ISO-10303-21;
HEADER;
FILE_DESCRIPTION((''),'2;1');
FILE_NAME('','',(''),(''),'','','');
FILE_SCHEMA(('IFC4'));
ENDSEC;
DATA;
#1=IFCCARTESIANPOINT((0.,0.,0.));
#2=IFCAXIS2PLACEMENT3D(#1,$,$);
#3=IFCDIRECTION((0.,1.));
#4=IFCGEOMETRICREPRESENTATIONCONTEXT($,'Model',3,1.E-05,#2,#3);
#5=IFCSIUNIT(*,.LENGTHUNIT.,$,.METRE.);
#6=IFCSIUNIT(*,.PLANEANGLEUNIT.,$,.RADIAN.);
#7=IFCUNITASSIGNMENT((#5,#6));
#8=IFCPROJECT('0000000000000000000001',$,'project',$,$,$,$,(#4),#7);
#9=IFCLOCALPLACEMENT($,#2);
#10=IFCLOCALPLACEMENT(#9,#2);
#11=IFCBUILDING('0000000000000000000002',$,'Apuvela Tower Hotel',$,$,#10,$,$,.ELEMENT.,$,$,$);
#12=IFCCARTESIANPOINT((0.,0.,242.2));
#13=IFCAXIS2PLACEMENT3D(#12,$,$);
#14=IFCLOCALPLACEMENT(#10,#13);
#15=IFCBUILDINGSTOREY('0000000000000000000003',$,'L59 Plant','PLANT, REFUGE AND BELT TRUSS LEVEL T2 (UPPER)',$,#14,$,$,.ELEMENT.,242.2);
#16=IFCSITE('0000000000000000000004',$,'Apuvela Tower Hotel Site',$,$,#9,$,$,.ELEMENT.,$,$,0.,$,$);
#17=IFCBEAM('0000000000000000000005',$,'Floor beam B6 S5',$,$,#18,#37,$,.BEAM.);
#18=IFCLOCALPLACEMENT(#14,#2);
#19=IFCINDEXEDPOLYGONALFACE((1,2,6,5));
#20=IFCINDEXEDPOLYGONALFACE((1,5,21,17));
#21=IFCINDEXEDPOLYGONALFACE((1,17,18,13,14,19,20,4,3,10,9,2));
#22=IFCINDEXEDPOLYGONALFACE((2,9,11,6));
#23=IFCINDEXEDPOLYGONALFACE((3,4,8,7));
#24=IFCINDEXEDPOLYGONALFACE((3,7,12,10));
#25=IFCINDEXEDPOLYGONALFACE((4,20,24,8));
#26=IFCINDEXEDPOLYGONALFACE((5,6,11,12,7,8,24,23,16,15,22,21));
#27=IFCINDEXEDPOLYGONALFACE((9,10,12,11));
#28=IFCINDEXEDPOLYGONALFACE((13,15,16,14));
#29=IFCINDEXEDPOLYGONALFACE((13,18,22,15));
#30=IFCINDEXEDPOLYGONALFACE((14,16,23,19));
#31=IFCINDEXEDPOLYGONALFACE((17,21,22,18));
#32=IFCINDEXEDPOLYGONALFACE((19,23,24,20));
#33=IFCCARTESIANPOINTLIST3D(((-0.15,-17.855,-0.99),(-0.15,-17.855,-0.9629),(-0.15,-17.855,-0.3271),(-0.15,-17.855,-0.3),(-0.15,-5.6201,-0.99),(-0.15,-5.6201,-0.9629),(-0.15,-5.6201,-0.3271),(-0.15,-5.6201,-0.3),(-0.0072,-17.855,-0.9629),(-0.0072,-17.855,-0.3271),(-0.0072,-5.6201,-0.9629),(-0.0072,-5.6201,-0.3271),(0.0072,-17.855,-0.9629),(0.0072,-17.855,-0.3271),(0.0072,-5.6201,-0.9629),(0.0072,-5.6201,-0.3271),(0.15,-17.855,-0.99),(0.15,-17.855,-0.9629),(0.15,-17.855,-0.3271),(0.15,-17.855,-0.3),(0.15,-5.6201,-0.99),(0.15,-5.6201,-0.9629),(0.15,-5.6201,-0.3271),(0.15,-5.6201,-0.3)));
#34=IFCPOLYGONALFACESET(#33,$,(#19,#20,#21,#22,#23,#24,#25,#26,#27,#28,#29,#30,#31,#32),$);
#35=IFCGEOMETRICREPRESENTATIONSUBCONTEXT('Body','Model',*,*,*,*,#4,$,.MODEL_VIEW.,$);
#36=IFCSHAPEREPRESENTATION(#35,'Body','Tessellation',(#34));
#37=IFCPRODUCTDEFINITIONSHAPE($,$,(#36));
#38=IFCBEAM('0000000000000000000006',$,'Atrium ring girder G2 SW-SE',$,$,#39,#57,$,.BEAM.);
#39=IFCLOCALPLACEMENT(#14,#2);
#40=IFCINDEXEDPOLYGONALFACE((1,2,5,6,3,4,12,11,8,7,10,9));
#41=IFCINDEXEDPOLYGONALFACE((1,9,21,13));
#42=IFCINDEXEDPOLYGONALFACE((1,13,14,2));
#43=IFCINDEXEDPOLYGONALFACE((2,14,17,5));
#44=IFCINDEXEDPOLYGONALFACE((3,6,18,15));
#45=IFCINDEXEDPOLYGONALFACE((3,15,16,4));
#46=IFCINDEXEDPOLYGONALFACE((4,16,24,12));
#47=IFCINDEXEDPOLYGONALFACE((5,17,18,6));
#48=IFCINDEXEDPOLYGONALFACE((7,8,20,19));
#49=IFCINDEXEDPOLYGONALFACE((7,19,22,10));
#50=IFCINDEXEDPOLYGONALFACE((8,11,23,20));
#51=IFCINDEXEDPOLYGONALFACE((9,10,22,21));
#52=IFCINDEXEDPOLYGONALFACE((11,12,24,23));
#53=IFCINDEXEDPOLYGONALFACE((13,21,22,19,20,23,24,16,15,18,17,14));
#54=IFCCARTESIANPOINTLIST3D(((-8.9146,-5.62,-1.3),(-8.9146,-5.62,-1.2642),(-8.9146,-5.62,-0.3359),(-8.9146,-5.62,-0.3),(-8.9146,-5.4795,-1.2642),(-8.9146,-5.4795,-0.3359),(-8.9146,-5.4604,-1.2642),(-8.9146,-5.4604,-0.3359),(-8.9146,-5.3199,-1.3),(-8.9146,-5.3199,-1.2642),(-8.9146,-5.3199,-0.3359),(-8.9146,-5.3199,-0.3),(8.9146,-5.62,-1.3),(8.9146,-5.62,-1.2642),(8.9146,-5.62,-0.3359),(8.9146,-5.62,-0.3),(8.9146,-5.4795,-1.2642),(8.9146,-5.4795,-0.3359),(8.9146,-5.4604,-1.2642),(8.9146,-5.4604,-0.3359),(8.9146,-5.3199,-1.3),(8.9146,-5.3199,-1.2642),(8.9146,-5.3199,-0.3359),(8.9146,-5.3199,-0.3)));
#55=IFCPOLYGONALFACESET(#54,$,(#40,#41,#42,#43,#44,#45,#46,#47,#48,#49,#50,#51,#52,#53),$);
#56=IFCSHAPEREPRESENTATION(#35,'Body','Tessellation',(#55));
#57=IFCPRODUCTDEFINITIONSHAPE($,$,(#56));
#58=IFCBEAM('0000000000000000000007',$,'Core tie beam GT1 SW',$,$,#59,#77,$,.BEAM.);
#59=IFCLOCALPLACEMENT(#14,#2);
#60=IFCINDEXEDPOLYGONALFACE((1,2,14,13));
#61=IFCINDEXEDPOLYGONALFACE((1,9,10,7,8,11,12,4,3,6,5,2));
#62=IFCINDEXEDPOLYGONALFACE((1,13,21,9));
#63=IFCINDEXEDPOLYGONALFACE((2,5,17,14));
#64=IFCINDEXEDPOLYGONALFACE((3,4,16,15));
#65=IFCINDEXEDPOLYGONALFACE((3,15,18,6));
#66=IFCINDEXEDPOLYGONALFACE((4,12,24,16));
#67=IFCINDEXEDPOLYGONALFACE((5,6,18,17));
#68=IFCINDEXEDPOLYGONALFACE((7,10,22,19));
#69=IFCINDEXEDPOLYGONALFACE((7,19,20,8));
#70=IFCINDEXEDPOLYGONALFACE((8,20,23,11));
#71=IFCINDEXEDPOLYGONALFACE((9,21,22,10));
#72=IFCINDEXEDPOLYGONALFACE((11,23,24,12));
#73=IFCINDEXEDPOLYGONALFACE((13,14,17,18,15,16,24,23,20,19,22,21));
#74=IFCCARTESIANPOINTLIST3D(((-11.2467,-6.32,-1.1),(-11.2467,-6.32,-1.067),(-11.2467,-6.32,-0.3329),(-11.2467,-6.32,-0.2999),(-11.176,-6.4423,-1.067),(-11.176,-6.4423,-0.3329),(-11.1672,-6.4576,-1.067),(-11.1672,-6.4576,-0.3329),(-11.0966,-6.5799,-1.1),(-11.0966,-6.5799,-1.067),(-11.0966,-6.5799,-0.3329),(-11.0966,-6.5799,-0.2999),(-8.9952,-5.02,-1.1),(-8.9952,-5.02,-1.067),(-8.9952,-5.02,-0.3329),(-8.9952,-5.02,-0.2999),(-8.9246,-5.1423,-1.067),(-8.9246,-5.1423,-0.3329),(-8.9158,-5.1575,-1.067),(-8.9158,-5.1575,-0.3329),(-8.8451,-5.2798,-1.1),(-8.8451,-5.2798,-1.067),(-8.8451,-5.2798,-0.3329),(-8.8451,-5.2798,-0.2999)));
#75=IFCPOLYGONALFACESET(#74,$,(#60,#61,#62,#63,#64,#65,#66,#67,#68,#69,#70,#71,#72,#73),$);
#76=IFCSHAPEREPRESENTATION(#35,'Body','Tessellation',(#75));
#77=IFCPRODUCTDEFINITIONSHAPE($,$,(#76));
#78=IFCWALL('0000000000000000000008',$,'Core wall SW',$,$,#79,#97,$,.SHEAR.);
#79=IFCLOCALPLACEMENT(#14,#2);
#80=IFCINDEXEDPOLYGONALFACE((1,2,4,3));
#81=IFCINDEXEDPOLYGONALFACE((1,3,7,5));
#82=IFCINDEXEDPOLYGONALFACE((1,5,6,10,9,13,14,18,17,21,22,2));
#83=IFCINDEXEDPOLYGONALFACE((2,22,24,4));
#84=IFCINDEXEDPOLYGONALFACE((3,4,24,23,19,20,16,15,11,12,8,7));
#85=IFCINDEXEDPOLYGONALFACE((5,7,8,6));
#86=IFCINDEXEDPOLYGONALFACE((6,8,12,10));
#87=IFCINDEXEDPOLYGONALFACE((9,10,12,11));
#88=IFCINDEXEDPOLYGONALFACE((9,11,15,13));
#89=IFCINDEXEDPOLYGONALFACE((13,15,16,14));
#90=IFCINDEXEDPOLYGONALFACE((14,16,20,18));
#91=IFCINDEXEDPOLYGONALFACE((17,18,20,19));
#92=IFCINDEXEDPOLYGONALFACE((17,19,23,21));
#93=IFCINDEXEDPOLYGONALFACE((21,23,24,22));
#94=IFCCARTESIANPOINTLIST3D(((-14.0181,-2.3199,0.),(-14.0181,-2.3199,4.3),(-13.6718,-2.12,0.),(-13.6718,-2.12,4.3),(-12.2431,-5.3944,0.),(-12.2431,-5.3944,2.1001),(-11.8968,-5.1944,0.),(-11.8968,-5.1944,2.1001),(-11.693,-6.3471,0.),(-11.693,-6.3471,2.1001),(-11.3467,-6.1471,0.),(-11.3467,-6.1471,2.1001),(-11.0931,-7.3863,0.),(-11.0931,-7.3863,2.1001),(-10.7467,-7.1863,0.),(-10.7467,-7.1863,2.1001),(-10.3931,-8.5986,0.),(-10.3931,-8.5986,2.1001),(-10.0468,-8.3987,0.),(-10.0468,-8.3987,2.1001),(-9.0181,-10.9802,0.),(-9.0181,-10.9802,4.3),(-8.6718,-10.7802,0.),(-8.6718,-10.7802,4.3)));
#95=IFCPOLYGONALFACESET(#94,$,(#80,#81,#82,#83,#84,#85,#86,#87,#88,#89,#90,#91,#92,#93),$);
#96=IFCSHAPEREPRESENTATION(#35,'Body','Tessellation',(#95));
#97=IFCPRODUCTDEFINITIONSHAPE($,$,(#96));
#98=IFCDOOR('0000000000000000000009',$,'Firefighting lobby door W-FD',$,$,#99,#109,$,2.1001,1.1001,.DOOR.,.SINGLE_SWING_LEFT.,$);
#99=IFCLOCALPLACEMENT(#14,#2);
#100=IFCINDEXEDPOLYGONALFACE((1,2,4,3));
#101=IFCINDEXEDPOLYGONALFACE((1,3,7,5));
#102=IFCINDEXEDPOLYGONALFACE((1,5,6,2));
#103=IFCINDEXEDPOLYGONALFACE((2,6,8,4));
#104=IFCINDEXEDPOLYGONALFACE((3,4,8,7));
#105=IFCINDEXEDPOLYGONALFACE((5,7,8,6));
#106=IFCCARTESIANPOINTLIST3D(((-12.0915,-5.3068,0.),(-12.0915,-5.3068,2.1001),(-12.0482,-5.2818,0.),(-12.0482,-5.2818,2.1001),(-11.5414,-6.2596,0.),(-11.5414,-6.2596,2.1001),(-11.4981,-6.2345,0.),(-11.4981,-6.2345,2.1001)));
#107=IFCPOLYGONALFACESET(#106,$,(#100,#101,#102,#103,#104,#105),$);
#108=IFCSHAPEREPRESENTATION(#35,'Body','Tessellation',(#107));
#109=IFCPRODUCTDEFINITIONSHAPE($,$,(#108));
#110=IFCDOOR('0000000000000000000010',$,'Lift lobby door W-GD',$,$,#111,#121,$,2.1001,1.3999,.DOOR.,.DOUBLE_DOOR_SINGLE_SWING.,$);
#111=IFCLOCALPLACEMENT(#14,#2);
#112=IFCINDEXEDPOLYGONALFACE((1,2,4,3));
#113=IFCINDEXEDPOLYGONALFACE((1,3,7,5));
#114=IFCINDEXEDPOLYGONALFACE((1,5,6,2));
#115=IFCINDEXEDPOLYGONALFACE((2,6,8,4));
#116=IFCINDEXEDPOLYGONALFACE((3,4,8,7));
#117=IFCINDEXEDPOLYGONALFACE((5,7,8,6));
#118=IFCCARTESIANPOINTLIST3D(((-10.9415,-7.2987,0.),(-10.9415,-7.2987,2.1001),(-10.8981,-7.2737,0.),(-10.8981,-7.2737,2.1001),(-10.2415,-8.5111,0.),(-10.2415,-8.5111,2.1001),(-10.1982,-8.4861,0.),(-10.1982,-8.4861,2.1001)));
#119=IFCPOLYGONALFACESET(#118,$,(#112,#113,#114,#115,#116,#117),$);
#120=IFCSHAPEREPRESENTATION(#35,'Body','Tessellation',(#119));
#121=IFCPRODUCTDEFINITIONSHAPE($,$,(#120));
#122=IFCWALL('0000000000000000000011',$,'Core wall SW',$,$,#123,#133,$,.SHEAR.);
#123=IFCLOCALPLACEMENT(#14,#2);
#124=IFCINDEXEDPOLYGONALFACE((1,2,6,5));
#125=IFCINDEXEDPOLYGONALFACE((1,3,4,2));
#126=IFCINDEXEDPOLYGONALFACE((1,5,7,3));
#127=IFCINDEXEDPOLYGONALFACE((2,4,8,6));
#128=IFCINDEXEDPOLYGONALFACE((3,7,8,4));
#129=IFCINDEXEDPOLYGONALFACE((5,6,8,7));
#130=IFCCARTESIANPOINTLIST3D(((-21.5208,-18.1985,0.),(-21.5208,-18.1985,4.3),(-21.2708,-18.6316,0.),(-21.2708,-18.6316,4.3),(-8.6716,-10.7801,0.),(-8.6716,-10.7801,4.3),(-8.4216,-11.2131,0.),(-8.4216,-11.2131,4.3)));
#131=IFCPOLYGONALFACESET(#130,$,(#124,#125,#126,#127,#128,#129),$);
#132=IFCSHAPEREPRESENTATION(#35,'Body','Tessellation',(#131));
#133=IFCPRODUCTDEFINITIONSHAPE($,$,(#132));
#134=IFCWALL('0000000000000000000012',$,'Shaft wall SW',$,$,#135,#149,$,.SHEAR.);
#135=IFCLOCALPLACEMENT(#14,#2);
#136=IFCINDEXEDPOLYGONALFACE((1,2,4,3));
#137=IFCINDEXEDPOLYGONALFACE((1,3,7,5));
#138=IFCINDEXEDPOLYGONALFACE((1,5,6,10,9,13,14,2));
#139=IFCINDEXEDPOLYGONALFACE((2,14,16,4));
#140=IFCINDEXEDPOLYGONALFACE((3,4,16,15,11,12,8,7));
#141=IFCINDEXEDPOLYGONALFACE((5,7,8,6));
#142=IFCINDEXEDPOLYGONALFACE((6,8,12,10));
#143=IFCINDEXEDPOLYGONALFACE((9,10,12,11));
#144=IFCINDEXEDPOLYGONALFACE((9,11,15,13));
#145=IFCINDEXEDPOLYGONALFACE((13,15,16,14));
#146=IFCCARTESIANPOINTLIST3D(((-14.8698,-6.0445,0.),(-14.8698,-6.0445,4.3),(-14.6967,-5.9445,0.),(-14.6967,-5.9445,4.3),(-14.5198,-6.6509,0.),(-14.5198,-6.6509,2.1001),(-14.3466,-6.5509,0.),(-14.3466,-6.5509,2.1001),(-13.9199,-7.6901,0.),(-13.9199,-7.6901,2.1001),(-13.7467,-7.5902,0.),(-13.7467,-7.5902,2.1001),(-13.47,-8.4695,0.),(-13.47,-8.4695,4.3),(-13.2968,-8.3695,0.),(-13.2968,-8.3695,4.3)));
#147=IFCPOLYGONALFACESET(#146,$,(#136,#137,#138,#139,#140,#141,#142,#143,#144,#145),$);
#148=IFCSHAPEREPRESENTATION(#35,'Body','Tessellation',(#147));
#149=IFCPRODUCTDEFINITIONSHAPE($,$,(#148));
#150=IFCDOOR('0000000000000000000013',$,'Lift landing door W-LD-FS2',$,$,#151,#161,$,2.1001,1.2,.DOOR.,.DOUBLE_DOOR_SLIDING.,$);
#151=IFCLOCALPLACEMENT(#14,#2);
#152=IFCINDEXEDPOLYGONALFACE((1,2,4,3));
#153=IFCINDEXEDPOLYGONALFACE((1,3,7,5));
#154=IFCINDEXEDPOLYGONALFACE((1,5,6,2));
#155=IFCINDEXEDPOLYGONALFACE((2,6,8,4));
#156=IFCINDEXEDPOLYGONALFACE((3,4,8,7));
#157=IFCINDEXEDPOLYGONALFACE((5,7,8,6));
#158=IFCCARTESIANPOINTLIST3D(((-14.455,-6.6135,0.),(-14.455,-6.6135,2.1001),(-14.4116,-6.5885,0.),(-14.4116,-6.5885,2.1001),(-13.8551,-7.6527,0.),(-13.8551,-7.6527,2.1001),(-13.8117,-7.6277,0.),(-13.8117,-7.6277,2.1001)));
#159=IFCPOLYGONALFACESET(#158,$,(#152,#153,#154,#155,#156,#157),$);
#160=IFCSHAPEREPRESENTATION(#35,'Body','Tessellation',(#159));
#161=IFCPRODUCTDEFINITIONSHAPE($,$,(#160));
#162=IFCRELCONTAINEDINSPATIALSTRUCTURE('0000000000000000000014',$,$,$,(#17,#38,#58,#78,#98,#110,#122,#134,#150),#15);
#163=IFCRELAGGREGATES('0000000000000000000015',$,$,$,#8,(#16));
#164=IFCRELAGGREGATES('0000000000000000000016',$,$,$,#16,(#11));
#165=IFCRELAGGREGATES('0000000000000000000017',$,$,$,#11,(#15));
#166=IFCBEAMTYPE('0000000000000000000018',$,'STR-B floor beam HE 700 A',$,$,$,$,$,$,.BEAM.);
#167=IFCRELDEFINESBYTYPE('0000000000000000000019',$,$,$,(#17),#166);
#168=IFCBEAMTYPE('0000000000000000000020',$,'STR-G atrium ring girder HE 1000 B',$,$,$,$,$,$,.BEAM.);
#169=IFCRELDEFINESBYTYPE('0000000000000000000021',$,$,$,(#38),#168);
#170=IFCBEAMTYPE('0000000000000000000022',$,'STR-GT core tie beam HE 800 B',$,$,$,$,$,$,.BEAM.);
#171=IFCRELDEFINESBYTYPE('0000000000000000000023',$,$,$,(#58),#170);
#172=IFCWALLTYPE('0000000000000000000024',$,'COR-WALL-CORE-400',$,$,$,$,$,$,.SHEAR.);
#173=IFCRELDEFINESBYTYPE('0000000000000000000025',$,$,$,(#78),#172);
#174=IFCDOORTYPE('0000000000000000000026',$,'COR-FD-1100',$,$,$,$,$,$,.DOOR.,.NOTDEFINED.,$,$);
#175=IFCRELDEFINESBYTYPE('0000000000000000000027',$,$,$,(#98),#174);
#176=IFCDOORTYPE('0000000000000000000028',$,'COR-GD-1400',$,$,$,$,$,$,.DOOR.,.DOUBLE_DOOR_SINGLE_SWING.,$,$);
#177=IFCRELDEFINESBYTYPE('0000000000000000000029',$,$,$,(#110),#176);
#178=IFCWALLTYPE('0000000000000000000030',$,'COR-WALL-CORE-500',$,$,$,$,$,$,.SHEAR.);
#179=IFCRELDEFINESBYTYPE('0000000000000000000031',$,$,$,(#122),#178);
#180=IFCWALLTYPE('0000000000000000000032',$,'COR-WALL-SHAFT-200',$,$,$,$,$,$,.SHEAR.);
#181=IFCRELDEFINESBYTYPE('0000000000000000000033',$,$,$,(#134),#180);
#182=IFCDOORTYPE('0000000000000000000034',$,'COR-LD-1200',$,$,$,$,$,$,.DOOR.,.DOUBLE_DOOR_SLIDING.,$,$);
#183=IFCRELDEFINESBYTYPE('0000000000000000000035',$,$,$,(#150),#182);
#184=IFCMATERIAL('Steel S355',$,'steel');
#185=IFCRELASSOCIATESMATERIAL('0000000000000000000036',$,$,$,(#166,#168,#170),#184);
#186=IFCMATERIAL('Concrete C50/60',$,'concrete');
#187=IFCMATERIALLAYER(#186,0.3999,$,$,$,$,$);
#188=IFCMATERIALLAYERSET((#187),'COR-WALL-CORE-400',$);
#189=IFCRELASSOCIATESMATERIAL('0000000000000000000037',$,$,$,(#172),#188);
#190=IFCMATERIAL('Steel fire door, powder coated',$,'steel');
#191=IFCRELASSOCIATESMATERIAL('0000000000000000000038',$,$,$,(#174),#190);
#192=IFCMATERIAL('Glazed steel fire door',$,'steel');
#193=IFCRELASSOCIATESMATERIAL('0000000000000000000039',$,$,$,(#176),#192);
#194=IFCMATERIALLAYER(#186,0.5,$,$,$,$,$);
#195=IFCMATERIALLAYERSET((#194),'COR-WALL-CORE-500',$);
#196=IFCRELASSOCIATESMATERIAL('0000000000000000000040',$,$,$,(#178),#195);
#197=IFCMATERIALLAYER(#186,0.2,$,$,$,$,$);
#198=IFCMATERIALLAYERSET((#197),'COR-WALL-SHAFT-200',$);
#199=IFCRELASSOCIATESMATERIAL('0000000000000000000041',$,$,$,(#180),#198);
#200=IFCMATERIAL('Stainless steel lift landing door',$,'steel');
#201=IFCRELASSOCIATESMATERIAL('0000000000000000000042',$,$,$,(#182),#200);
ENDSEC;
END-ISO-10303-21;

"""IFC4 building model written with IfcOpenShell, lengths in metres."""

from ifc_helpers import new_model, si_unit, direction, frame, frame_2d, origin, origin_2d, place, context, subcontext, project, spatial, rectangle, i_section, extrude, material, layer, layer_set, material_profile, profile_set, type_object, element, fill, save


model = new_model("IFC4")

# Units and contexts
model_context = context("Model", 3, precision=1e-05, world=origin(), true_north=direction((0.0, 1.0)))
body_context = subcontext(model_context, "Body", "Model", "MODEL_VIEW")
ifc_project = project(units=[si_unit("LENGTHUNIT", "METRE"), si_unit("PLANEANGLEUNIT", "RADIAN")], contexts=[model_context])

# Site, building, storey
site_placement = place(None, origin())
site = spatial("IfcSite", under=ifc_project, at=site_placement, Name="Apuvela Tower Hotel Site", CompositionType="ELEMENT", RefElevation=0.0)
building_placement = place(site_placement, origin())
building = spatial("IfcBuilding", under=site, at=building_placement, Name="Apuvela Tower Hotel", CompositionType="ELEMENT")
storey_placement = place(building_placement, frame((0.0, 0.0, 242.2)))
storey = spatial("IfcBuildingStorey", under=building, at=storey_placement, Name="L59 Plant", Description="PLANT, REFUGE AND BELT TRUSS LEVEL T2 (UPPER)", CompositionType="ELEMENT", Elevation=242.2)

# Beams
ifc_material_1 = material(Name="Steel S355", Category="steel")
ifc_material_profile_1 = material_profile(ifc_material_1, i_section(OverallWidth=0.3, OverallDepth=0.6899, WebThickness=0.0144, FlangeThickness=0.0271, at=origin_2d()), Name="HE 700 A")
ifc_profile_set_1 = profile_set([ifc_material_profile_1], Name="Steel S355")
beam_type_1 = type_object("IfcBeamType", Name="STR-B floor beam HE 700 A", PredefinedType="BEAM", material=ifc_profile_set_1)
beam_1_placement = place(storey_placement, frame((0.0, -17.855, -0.645), z_axis=(0.0, 1.0, 0.0), x_axis=(-1.0, 0.0, 0.0)))
element("IfcBeam", 1, at=beam_1_placement, inside=storey, type_object=beam_type_1, Name="Floor beam B6 S5", PredefinedType="BEAM", context=body_context, shape_type="SweptSolid", body=[
    extrude(i_section(OverallWidth=0.3, OverallDepth=0.6899, WebThickness=0.0144, FlangeThickness=0.0271, at=origin_2d()), origin(), (0.0, 0.0, 1.0), 12.2349),
])
ifc_material_profile_2 = material_profile(ifc_material_1, i_section(OverallWidth=0.3, OverallDepth=1.0, WebThickness=0.019, FlangeThickness=0.0359, at=origin_2d()), Name="HE 1000 B")
ifc_profile_set_2 = profile_set([ifc_material_profile_2], Name="Steel S355")
beam_type_2 = type_object("IfcBeamType", Name="STR-G atrium ring girder HE 1000 B", PredefinedType="BEAM", material=ifc_profile_set_2)
beam_2_placement = place(storey_placement, frame((-8.9146, -5.47, -0.8), z_axis=(1.0, 0.0, 0.0), x_axis=(0.0, 1.0, 0.0)))
element("IfcBeam", 2, at=beam_2_placement, inside=storey, type_object=beam_type_2, Name="Atrium ring girder G2 SW-SE", PredefinedType="BEAM", context=body_context, shape_type="SweptSolid", body=[
    extrude(i_section(OverallWidth=0.3, OverallDepth=1.0, WebThickness=0.019, FlangeThickness=0.0359, at=origin_2d()), origin(), (0.0, 0.0, 1.0), 17.8291),
])
ifc_material_profile_3 = material_profile(ifc_material_1, i_section(OverallWidth=0.3, OverallDepth=0.8, WebThickness=0.0176, FlangeThickness=0.033, at=origin_2d()), Name="HE 800 B")
ifc_profile_set_3 = profile_set([ifc_material_profile_3], Name="Steel S355")
beam_type_3 = type_object("IfcBeamType", Name="STR-GT core tie beam HE 800 B", PredefinedType="BEAM", material=ifc_profile_set_3)
beam_3_placement = place(storey_placement, frame((-11.1716, -6.45, -0.7), z_axis=(0.865998, 0.500048, 0.0), x_axis=(-0.500048, 0.865998, 0.0)))
element("IfcBeam", 3, at=beam_3_placement, inside=storey, type_object=beam_type_3, Name="Core tie beam GT1 SW", PredefinedType="BEAM", context=body_context, shape_type="SweptSolid", body=[
    extrude(i_section(OverallWidth=0.3, OverallDepth=0.8, WebThickness=0.0176, FlangeThickness=0.033, at=origin_2d()), origin(), (0.0, 0.0, 1.0), 2.5999),
])

# Wall, openings, doors
ifc_material_2 = material(Name="Concrete C50/60", Category="concrete")
ifc_layer_1 = layer(ifc_material_2, 0.3999)
ifc_layer_set_1 = layer_set([ifc_layer_1], Name="COR-WALL-CORE-400")
wall_type_1 = type_object("IfcWallType", Name="COR-WALL-CORE-400", PredefinedType="SHEAR", material=ifc_layer_set_1)
wall_1_placement = place(storey_placement, frame((-13.845, -2.22, 0.0), z_axis=(0.0, 0.0, 1.0), x_axis=(0.500004, -0.866023, 0.0)))
wall_1 = element("IfcWall", 4, at=wall_1_placement, inside=storey, type_object=wall_type_1, Name="Core wall SW", PredefinedType="SHEAR", context=body_context, shape_type="SweptSolid", body=[
    extrude(rectangle(XDim=10.0, YDim=0.3999, at=frame_2d((5.0, 0.0))), origin(), (0.0, 0.0, 1.0), 4.3),
])
opening_1_placement = place(wall_1_placement, frame((3.55, 0.0, 0.0)))
opening_1 = element("IfcOpeningElement", 5, at=opening_1_placement, cuts=wall_1, PredefinedType="OPENING", context=body_context, shape_type="SweptSolid", body=[
    extrude(rectangle(XDim=1.1001, YDim=2.1001, at=frame_2d((0.55, 1.05))), frame((0.0, 0.21, 0.0), z_axis=(0.0, -1.0, 0.0), x_axis=(1.0, 0.0, 0.0)), (0.0, 0.0, 1.0), 0.4199),
])
opening_2_placement = place(wall_1_placement, frame((5.8501, 0.0, 0.0)))
opening_2 = element("IfcOpeningElement", 6, at=opening_2_placement, cuts=wall_1, PredefinedType="OPENING", context=body_context, shape_type="SweptSolid", body=[
    extrude(rectangle(XDim=1.3999, YDim=2.1001, at=frame_2d((0.7, 1.05))), frame((0.0, 0.21, 0.0), z_axis=(0.0, -1.0, 0.0), x_axis=(1.0, 0.0, 0.0)), (0.0, 0.0, 1.0), 0.4199),
])
ifc_material_3 = material(Name="Steel fire door, powder coated", Category="steel")
door_type_1 = type_object("IfcDoorType", Name="COR-FD-1100", OperationType="NOTDEFINED", PredefinedType="DOOR", material=ifc_material_3)
door_1_placement = place(opening_1_placement, frame((1.1001, 0.0, 0.0), z_axis=(0.0, 0.0, 1.0), x_axis=(-1.0, 0.0, 0.0)))
door_1 = element("IfcDoor", 7, at=door_1_placement, inside=storey, type_object=door_type_1, Name="Firefighting lobby door W-FD", OperationType="SINGLE_SWING_LEFT", OverallHeight=2.1001, OverallWidth=1.1001, PredefinedType="DOOR", context=body_context, shape_type="SweptSolid", body=[
    extrude(rectangle(XDim=1.1001, YDim=2.1001, at=frame_2d((0.55, 1.05))), frame((0.0, 0.0249, 0.0), z_axis=(0.0, -1.0, 0.0), x_axis=(1.0, 0.0, 0.0)), (0.0, 0.0, 1.0), 0.05),
])
fill(opening_1, door_1)
ifc_material_4 = material(Name="Glazed steel fire door", Category="steel")
door_type_2 = type_object("IfcDoorType", Name="COR-GD-1400", OperationType="DOUBLE_DOOR_SINGLE_SWING", PredefinedType="DOOR", material=ifc_material_4)
door_2_placement = place(opening_2_placement, frame((1.3999, 0.0, 0.0), z_axis=(0.0, 0.0, 1.0), x_axis=(-1.0, 0.0, 0.0)))
door_2 = element("IfcDoor", 8, at=door_2_placement, inside=storey, type_object=door_type_2, Name="Lift lobby door W-GD", OperationType="DOUBLE_DOOR_SINGLE_SWING", OverallHeight=2.1001, OverallWidth=1.3999, PredefinedType="DOOR", context=body_context, shape_type="SweptSolid", body=[
    extrude(rectangle(XDim=1.3999, YDim=2.1001, at=frame_2d((0.7, 1.05))), frame((0.0, 0.0249, 0.0), z_axis=(0.0, -1.0, 0.0), x_axis=(1.0, 0.0, 0.0)), (0.0, 0.0, 1.0), 0.05),
])
fill(opening_2, door_2)

# Wall
ifc_layer_2 = layer(ifc_material_2, 0.5)
ifc_layer_set_2 = layer_set([ifc_layer_2], Name="COR-WALL-CORE-500")
wall_type_2 = type_object("IfcWallType", Name="COR-WALL-CORE-500", PredefinedType="SHEAR", material=ifc_layer_set_2)
wall_2_placement = place(storey_placement, frame((-8.5466, -10.9966, 0.0), z_axis=(0.0, 0.0, 1.0), x_axis=(-0.866025, -0.500001, 0.0)))
element("IfcWall", 9, at=wall_2_placement, inside=storey, type_object=wall_type_2, Name="Core wall SW", PredefinedType="SHEAR", context=body_context, shape_type="SweptSolid", body=[
    extrude(rectangle(XDim=14.8369, YDim=0.5, at=frame_2d((7.4185, 0.0))), origin(), (0.0, 0.0, 1.0), 4.3),
])

# Wall, opening, door
ifc_layer_3 = layer(ifc_material_2, 0.2)
ifc_layer_set_3 = layer_set([ifc_layer_3], Name="COR-WALL-SHAFT-200")
wall_type_3 = type_object("IfcWallType", Name="COR-WALL-SHAFT-200", PredefinedType="SHEAR", material=ifc_layer_set_3)
wall_3_placement = place(storey_placement, frame((-14.7832, -5.9946, 0.0), z_axis=(0.0, 0.0, 1.0), x_axis=(0.499946, -0.866056, 0.0)))
wall_3 = element("IfcWall", 10, at=wall_3_placement, inside=storey, type_object=wall_type_3, Name="Shaft wall SW", PredefinedType="SHEAR", context=body_context, shape_type="SweptSolid", body=[
    extrude(rectangle(XDim=2.8, YDim=0.2, at=frame_2d((1.3999, 0.0))), origin(), (0.0, 0.0, 1.0), 4.3),
])
opening_3_placement = place(wall_3_placement, frame((0.7, 0.0, 0.0)))
opening_3 = element("IfcOpeningElement", 11, at=opening_3_placement, cuts=wall_3, PredefinedType="OPENING", context=body_context, shape_type="SweptSolid", body=[
    extrude(rectangle(XDim=1.2, YDim=2.1001, at=frame_2d((0.6001, 1.05))), frame((0.0, 0.1099, 0.0), z_axis=(0.0, -1.0, 0.0), x_axis=(1.0, 0.0, 0.0)), (0.0, 0.0, 1.0), 0.22),
])
ifc_material_5 = material(Name="Stainless steel lift landing door", Category="steel")
door_type_3 = type_object("IfcDoorType", Name="COR-LD-1200", OperationType="DOUBLE_DOOR_SLIDING", PredefinedType="DOOR", material=ifc_material_5)
door_3_placement = place(opening_3_placement, origin())
door_3 = element("IfcDoor", 12, at=door_3_placement, inside=storey, type_object=door_type_3, Name="Lift landing door W-LD-FS2", OperationType="DOUBLE_DOOR_SLIDING", OverallHeight=2.1001, OverallWidth=1.2, PredefinedType="DOOR", context=body_context, shape_type="SweptSolid", body=[
    extrude(rectangle(XDim=1.2, YDim=2.1001, at=frame_2d((0.6001, 1.05))), frame((0.0, 0.0249, 0.0), z_axis=(0.0, -1.0, 0.0), x_axis=(1.0, 0.0, 0.0)), (0.0, 0.0, 1.0), 0.05),
])
fill(opening_3, door_3)

save(model, "model.ifc")
